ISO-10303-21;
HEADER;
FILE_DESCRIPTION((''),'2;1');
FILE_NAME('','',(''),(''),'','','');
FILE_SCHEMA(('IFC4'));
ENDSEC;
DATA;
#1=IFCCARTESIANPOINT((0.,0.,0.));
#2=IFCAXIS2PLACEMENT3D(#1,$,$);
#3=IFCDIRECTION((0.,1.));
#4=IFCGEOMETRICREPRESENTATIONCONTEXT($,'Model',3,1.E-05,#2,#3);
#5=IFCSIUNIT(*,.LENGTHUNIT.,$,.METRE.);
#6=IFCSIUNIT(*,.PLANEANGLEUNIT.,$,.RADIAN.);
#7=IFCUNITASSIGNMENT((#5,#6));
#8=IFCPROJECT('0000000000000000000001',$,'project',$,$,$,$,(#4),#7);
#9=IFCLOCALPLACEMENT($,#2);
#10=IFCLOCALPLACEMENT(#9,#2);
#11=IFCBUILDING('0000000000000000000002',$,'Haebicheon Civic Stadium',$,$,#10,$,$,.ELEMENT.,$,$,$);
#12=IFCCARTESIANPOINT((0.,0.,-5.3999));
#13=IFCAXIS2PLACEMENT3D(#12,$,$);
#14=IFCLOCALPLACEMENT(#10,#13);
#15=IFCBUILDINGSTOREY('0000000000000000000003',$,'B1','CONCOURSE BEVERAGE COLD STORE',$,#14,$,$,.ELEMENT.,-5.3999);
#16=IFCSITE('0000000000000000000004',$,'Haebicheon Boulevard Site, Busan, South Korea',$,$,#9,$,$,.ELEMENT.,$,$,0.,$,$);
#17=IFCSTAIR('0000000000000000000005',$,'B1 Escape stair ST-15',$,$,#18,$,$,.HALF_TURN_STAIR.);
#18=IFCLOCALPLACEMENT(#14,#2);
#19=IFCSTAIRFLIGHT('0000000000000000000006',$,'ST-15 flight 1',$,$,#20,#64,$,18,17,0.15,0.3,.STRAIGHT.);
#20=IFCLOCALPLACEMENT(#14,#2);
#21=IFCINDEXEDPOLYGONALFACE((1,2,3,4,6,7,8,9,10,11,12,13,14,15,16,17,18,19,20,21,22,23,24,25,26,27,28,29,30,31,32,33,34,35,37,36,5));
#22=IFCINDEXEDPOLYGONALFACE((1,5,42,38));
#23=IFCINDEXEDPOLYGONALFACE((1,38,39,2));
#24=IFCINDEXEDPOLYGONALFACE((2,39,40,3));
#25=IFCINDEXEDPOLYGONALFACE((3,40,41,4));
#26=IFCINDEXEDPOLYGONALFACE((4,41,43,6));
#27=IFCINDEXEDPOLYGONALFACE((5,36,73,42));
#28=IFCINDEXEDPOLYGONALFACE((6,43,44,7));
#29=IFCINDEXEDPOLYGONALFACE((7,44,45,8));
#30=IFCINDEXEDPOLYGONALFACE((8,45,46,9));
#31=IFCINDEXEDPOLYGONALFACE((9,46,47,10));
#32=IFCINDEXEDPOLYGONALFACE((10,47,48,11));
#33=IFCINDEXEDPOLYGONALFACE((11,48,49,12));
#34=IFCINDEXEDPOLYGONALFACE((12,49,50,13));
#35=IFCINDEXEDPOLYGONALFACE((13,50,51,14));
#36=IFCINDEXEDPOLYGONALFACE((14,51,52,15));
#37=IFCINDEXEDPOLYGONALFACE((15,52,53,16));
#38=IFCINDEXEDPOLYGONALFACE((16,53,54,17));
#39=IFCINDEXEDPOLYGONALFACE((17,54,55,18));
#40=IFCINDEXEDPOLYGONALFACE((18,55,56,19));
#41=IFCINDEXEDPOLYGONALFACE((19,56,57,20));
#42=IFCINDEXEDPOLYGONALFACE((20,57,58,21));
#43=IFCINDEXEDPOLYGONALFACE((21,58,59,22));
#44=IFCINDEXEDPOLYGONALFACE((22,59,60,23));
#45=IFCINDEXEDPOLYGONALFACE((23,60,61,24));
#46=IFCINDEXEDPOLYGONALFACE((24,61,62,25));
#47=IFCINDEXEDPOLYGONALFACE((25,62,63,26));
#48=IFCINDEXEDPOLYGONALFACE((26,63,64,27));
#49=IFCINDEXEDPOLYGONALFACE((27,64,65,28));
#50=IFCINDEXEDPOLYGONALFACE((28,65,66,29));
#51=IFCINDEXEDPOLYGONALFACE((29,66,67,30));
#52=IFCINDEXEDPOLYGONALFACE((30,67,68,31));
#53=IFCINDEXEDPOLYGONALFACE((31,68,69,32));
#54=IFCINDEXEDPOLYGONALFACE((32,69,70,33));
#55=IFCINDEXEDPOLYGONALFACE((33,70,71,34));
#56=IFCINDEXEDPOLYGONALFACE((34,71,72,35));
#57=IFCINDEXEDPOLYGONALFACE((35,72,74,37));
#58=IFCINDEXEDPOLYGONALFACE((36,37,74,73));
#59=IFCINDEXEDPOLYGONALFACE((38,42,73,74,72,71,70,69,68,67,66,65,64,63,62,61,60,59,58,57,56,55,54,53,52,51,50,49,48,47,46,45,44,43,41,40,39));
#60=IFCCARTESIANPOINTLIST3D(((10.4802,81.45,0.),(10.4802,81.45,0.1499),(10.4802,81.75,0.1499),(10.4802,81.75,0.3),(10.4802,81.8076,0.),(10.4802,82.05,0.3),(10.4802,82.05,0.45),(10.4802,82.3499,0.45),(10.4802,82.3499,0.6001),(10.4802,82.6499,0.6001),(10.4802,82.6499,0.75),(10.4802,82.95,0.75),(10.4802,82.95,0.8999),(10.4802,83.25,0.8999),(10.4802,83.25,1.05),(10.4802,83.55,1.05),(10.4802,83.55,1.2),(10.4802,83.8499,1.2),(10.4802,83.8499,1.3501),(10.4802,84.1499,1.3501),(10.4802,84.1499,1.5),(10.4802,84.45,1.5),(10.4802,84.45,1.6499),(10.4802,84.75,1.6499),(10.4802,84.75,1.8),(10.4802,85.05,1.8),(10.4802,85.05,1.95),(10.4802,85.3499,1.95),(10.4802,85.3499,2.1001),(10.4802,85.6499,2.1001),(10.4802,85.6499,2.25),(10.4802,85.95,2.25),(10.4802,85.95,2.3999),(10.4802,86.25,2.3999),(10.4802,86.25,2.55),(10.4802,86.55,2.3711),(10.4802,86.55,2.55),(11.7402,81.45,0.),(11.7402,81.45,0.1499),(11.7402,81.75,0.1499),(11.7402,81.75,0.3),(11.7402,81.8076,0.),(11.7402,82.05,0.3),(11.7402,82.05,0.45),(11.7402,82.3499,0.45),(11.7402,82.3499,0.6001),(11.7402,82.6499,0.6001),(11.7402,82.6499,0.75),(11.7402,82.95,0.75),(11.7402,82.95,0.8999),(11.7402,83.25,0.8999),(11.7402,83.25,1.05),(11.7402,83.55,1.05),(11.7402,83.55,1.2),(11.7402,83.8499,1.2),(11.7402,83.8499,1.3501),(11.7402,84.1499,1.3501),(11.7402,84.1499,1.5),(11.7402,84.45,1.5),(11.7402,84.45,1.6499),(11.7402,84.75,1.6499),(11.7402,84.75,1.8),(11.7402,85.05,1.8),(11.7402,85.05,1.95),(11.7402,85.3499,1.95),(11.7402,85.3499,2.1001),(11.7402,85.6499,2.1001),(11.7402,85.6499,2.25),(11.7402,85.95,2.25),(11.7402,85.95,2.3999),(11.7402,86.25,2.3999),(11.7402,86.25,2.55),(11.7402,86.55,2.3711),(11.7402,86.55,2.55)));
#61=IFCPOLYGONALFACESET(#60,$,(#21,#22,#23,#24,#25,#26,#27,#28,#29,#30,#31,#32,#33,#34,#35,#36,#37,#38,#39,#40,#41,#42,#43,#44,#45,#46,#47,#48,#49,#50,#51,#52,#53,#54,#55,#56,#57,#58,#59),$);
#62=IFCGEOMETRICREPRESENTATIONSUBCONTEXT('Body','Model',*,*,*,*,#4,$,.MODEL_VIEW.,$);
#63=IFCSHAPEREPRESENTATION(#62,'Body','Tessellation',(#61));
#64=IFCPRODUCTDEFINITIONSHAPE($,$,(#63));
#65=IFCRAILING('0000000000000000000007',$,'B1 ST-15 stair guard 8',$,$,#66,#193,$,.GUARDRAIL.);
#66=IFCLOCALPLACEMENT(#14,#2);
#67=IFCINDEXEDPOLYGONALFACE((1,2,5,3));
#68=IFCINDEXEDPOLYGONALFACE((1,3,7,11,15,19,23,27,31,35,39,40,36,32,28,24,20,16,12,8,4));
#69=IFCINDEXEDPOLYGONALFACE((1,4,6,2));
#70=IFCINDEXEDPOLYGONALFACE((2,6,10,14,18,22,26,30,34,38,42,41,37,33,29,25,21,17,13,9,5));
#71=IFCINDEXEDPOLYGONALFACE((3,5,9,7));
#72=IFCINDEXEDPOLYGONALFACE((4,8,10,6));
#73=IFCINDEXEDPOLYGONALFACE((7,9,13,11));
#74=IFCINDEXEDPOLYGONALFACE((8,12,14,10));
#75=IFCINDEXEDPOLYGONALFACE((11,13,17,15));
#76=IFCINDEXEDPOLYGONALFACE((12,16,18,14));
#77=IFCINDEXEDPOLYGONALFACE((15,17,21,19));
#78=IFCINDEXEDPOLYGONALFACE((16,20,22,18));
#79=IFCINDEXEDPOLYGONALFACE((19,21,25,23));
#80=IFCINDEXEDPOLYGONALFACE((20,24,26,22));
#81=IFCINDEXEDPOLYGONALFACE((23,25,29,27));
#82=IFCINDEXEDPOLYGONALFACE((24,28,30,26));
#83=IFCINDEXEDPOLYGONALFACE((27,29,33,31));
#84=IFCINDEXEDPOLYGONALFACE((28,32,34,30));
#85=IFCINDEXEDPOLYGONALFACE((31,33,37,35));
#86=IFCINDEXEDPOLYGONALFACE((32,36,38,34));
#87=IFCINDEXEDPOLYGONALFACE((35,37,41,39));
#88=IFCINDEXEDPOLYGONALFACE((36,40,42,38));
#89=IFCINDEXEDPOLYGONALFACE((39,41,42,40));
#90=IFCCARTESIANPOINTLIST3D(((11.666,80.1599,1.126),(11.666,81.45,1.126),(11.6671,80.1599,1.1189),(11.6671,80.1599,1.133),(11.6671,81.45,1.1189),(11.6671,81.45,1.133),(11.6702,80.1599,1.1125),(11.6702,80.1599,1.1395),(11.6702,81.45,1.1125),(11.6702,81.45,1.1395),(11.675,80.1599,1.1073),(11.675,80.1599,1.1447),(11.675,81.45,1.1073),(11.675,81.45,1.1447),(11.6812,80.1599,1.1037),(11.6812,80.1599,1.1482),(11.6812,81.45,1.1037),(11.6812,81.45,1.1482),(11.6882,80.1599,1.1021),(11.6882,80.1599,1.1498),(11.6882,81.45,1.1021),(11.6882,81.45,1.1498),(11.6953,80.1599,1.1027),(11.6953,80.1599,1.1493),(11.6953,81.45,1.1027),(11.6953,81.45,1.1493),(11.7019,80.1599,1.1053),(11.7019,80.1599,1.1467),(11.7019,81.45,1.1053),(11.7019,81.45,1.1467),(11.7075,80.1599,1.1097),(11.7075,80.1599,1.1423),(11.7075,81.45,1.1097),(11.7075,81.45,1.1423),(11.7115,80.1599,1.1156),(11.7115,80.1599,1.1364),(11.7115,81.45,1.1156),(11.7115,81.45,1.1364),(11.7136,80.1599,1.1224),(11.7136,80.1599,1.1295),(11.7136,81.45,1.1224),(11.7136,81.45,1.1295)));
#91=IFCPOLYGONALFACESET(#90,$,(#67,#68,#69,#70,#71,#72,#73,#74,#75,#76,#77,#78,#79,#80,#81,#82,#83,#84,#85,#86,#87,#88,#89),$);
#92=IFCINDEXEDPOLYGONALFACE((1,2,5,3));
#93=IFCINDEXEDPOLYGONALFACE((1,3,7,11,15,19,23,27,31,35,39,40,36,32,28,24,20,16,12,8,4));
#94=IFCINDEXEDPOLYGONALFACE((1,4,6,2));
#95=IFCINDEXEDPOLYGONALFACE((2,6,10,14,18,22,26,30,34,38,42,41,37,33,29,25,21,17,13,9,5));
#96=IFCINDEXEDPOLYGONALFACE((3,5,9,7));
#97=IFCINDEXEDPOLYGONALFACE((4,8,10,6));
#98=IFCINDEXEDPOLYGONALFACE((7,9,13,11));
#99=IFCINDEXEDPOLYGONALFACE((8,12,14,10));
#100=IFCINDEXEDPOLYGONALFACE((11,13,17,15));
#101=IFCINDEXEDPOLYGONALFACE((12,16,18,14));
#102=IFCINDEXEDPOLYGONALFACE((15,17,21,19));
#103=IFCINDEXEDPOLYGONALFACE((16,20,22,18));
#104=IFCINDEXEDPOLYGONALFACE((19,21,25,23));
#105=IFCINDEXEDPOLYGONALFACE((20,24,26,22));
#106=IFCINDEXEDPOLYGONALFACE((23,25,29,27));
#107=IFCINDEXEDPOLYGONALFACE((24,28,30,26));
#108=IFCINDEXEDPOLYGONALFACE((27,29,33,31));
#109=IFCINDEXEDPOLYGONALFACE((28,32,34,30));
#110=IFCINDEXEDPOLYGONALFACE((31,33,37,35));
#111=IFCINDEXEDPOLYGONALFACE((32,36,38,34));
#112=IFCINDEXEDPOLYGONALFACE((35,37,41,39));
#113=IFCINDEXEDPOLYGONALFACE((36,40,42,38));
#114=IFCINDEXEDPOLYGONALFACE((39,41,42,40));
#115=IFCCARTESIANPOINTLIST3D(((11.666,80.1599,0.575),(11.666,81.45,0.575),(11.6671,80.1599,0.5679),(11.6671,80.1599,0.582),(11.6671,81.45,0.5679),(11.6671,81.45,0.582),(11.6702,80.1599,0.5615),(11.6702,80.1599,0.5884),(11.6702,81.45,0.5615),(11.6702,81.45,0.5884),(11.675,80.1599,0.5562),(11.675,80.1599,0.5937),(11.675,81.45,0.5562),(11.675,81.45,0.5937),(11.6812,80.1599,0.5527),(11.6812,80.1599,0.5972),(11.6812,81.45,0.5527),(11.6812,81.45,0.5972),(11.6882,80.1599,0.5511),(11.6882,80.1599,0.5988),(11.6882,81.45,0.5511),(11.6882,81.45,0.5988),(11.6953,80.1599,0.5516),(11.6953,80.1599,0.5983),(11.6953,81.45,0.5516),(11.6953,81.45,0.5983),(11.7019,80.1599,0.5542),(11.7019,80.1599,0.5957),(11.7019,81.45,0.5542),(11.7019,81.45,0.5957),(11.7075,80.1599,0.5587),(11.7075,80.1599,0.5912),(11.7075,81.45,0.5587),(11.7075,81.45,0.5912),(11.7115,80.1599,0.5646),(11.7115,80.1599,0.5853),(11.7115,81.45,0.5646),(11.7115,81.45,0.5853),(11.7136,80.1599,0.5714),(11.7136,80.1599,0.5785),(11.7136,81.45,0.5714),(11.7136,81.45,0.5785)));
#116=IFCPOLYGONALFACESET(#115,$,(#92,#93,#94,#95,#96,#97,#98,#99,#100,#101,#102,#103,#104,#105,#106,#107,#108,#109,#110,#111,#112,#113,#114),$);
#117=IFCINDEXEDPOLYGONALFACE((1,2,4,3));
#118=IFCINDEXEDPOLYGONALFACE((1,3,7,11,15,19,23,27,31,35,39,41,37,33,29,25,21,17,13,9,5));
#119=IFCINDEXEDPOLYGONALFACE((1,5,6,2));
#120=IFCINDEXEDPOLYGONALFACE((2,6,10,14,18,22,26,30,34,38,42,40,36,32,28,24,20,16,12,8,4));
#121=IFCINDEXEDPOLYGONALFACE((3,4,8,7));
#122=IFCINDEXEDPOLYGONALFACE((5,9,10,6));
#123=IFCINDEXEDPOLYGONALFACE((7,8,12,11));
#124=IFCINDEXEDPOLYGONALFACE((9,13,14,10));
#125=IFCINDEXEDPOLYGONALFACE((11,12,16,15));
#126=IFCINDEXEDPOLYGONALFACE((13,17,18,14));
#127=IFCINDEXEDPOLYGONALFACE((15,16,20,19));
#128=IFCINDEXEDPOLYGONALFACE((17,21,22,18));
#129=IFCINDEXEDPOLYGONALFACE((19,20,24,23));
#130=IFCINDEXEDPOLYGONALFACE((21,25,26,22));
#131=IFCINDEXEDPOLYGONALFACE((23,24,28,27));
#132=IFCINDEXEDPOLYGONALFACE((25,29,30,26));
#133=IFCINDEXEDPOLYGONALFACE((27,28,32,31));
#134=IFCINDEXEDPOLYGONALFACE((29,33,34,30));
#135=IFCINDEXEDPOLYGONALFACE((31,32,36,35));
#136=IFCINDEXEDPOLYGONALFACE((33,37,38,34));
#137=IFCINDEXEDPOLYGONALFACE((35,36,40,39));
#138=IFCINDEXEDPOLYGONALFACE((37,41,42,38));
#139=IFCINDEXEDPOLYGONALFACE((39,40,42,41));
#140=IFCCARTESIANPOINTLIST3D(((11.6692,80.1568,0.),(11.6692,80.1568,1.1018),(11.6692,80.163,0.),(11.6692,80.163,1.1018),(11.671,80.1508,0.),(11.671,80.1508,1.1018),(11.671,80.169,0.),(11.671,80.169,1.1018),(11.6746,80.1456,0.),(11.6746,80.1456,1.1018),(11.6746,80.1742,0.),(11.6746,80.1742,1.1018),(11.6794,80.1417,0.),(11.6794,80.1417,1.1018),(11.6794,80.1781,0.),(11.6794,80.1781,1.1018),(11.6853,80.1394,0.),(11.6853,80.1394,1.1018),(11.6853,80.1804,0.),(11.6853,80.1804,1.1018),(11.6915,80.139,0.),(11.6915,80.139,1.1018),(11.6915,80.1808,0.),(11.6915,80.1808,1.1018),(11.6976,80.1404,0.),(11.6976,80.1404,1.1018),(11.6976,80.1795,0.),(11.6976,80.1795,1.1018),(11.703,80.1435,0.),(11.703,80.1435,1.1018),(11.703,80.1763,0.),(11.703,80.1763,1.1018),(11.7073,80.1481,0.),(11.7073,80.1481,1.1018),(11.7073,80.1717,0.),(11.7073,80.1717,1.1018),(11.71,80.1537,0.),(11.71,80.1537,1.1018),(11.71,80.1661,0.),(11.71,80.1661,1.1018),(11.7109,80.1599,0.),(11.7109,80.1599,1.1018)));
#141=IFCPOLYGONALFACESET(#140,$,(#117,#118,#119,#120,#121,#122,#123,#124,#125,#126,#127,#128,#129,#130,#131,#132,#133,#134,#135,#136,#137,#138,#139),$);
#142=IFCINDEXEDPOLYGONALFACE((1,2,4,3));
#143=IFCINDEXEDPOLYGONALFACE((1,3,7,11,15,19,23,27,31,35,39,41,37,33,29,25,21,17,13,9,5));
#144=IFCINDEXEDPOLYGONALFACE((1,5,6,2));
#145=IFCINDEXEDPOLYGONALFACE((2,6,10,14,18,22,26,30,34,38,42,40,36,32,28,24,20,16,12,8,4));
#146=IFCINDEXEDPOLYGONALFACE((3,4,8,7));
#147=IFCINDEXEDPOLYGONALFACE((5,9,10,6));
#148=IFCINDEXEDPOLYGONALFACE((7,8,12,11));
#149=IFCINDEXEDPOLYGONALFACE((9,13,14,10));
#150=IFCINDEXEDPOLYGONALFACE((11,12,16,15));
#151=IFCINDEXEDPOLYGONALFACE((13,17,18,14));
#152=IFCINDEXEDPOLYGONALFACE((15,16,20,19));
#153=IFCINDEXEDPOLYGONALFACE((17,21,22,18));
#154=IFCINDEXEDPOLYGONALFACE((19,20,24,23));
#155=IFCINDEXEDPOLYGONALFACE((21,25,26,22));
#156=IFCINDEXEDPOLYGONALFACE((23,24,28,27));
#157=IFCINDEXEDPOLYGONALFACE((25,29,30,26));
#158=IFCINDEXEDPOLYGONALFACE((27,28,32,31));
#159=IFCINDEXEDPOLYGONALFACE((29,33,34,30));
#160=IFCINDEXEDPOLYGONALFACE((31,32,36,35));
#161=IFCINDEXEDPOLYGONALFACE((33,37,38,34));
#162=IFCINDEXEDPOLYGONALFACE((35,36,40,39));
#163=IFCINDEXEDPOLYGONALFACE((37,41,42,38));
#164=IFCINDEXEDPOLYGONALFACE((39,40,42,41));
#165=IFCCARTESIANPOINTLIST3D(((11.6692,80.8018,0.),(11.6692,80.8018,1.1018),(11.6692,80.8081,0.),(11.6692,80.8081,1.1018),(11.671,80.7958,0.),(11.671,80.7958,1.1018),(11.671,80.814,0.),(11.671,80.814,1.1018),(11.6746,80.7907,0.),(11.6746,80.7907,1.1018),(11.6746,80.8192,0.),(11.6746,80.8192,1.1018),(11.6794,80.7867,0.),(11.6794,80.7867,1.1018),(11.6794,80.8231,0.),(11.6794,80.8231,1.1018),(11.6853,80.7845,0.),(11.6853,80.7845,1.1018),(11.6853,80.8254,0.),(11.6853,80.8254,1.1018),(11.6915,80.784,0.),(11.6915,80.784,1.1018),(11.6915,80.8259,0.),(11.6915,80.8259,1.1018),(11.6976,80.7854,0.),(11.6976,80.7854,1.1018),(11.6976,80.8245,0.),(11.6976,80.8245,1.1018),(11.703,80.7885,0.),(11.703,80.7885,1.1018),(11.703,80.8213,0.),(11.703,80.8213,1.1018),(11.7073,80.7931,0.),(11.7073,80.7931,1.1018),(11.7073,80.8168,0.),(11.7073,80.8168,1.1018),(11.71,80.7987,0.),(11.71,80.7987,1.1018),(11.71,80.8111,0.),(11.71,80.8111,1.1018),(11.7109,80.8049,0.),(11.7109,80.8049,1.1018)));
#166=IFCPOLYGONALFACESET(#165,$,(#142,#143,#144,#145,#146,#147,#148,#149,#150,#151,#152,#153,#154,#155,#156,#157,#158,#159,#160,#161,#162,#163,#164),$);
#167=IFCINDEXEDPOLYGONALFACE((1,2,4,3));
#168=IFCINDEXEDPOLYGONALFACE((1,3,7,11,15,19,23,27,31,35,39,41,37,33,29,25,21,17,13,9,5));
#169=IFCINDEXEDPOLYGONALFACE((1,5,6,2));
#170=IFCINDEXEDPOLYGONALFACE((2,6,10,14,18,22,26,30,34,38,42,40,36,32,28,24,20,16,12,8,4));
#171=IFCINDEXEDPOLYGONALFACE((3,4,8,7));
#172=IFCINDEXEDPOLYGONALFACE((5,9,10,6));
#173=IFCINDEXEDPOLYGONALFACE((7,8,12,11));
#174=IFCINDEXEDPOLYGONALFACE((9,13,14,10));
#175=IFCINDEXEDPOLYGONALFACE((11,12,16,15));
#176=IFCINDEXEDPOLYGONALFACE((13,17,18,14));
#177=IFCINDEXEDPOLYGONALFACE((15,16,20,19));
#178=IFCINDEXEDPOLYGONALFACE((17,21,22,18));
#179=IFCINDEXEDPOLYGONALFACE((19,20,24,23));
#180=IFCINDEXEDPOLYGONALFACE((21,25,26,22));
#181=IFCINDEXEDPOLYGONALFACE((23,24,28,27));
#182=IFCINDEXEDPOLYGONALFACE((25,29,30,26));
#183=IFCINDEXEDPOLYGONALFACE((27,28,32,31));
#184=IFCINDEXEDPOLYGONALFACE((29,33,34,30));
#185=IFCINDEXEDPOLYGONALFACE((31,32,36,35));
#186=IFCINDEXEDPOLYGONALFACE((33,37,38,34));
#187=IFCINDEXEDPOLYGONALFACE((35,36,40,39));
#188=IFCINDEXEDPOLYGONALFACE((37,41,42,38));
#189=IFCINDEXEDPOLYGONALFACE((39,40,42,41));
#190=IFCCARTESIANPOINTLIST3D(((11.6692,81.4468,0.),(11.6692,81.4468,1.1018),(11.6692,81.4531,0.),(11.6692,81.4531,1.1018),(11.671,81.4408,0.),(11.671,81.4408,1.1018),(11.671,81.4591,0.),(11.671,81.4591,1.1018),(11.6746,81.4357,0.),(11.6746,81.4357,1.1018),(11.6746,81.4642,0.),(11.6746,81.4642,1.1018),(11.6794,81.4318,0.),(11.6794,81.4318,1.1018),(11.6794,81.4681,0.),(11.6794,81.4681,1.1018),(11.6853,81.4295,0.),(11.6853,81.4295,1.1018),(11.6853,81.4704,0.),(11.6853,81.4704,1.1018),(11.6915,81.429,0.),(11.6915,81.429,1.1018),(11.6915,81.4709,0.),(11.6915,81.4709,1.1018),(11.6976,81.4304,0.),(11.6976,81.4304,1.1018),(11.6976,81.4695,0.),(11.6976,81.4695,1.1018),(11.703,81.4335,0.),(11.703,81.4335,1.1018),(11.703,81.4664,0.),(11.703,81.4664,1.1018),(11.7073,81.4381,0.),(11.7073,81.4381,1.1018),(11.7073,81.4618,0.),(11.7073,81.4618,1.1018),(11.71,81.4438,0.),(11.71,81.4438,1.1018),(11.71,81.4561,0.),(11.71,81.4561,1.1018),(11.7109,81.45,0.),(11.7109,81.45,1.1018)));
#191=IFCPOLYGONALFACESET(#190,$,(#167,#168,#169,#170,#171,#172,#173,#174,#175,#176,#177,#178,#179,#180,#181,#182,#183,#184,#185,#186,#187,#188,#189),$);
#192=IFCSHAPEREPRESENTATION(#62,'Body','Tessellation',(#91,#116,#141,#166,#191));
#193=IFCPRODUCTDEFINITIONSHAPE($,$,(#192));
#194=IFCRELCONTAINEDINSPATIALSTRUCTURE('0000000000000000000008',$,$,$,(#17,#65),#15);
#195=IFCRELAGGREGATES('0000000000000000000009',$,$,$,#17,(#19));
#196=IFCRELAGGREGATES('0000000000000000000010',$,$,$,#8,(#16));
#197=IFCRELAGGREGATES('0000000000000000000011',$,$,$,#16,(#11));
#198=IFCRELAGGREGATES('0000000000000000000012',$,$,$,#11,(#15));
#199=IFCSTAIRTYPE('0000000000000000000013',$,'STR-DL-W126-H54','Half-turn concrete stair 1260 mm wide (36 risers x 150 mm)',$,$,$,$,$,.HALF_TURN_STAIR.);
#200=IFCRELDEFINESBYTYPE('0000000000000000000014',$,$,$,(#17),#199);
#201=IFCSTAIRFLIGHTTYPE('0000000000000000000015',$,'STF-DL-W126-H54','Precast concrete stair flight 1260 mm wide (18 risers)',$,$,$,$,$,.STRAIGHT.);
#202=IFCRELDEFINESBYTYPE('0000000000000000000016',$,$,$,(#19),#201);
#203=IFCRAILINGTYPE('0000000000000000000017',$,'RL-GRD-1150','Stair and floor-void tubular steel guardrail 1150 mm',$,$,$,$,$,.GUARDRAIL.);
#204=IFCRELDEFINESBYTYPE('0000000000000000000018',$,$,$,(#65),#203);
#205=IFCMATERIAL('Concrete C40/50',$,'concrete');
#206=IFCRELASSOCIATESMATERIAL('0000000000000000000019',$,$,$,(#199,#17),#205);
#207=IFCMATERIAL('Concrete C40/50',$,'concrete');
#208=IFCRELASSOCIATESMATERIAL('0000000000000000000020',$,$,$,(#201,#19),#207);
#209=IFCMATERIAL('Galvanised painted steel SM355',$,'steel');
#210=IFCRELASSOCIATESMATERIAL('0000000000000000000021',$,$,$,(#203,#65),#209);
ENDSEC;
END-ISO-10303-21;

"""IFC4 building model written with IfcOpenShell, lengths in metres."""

from ifc_helpers import new_model, si_unit, direction, frame, origin, origin_2d, place, context, subcontext, project, spatial, polyline, circle, outline, extrude, material, type_object, element, aggregate, save


model = new_model("IFC4")

# Units and contexts
model_context = context("Model", 3, precision=1e-05, world=origin(), true_north=direction((0.0, 1.0)))
body_context = subcontext(model_context, "Body", "Model", "MODEL_VIEW")
ifc_project = project(units=[si_unit("LENGTHUNIT", "METRE"), si_unit("PLANEANGLEUNIT", "RADIAN")], contexts=[model_context])

# Site, building, storey
site_placement = place(None, origin())
site = spatial("IfcSite", under=ifc_project, at=site_placement, Name="Haebicheon Boulevard Site, Busan, South Korea", CompositionType="ELEMENT", RefElevation=0.0)
building_placement = place(site_placement, origin())
building = spatial("IfcBuilding", under=site, at=building_placement, Name="Haebicheon Civic Stadium", CompositionType="ELEMENT")
storey_placement = place(building_placement, frame((0.0, 0.0, -5.3999)))
storey = spatial("IfcBuildingStorey", under=building, at=storey_placement, Name="B1", Description="CONCOURSE BEVERAGE COLD STORE", CompositionType="ELEMENT", Elevation=-5.3999)

# Stair, stair flight
ifc_material_1 = material(Name="Concrete C40/50", Category="concrete")
stair_type = type_object("IfcStairType", Name="STR-DL-W126-H54", Description="Half-turn concrete stair 1260 mm wide (36 risers x 150 mm)", PredefinedType="HALF_TURN_STAIR", material=ifc_material_1)
stair_placement = place(storey_placement, origin())
stair = element("IfcStair", 1, at=stair_placement, inside=storey, type_object=stair_type, material=ifc_material_1, Name="B1 Escape stair ST-15", PredefinedType="HALF_TURN_STAIR")
ifc_material_2 = material(Name="Concrete C40/50", Category="concrete")
stair_flight_type = type_object("IfcStairFlightType", Name="STF-DL-W126-H54", Description="Precast concrete stair flight 1260 mm wide (18 risers)", PredefinedType="STRAIGHT", material=ifc_material_2)
stair_flight_placement = place(storey_placement, frame((11.1101, 81.45, 0.0), z_axis=(0.0, 0.0, 1.0), x_axis=(0.0, 1.0, 0.0)))
stair_flight = element("IfcStairFlight", 2, at=stair_flight_placement, type_object=stair_flight_type, material=ifc_material_2, Name="ST-15 flight 1", NumberOfRisers=18, NumberOfTreads=17, PredefinedType="STRAIGHT", RiserHeight=0.15, TreadLength=0.3, context=body_context, shape_type="SweptSolid", body=[
    extrude(outline(polyline([(0.0, 0.0), (0.0, 0.1499), (0.3, 0.1499), (0.3, 0.3), (0.6001, 0.3), (0.6001, 0.45), (0.8999, 0.45), (0.8999, 0.6001), (1.2, 0.6001), (1.2, 0.75), (1.5, 0.75), (1.5, 0.8999), (1.8, 0.8999), (1.8, 1.05), (2.1001, 1.05), (2.1001, 1.2), (2.3999, 1.2), (2.3999, 1.3501), (2.7, 1.3501), (2.7, 1.5), (3.0, 1.5), (3.0, 1.6499), (3.3, 1.6499), (3.3, 1.8), (3.6001, 1.8), (3.6001, 1.95), (3.8999, 1.95), (3.8999, 2.1001), (4.2, 2.1001), (4.2, 2.25), (4.5, 2.25), (4.5, 2.3999), (4.8, 2.3999), (4.8, 2.55), (5.1001, 2.55), (5.1001, 2.7), (5.1001, 2.3711), (0.3577, 0.0), (0.0, 0.0)])), frame((0.0, 0.6299, 0.0), z_axis=(0.0, -1.0, 0.0), x_axis=(1.0, 0.0, 0.0)), (0.0, 0.0, 1.0), 1.26),
])
aggregate(stair, [stair_flight])

# Railing
ifc_material_3 = material(Name="Galvanised painted steel SM355", Category="steel")
railing_type_1 = type_object("IfcRailingType", Name="RL-GRD-1150", Description="Stair and floor-void tubular steel guardrail 1150 mm", PredefinedType="GUARDRAIL", material=ifc_material_3)
railing_1_placement = place(storey_placement, frame((11.6899, 80.1599, 0.0)))
element("IfcRailing", 3, at=railing_1_placement, inside=storey, type_object=railing_type_1, material=ifc_material_3, Name="B1 ST-15 stair guard 8", PredefinedType="GUARDRAIL", context=body_context, shape_type="SweptSolid", body=[
    extrude(circle(Radius=0.0239, at=origin_2d()), frame((0.0, 0.0, 1.126), z_axis=(0.0, 1.0, 0.0), x_axis=(-1.0, 0.0, 0.0)), (0.0, 0.0, 1.0), 1.29),
    extrude(circle(Radius=0.0239, at=origin_2d()), frame((0.0, 0.0, 0.575), z_axis=(0.0, 1.0, 0.0), x_axis=(-1.0, 0.0, 0.0)), (0.0, 0.0, 1.0), 1.29),
    extrude(circle(Radius=0.021, at=origin_2d()), origin(), (0.0, 0.0, 1.0), 1.1018),
    extrude(circle(Radius=0.021, at=origin_2d()), frame((0.0, 0.645, 0.0)), (0.0, 0.0, 1.0), 1.1018),
    extrude(circle(Radius=0.021, at=origin_2d()), frame((0.0, 1.29, 0.0)), (0.0, 0.0, 1.0), 1.1018),
])

save(model, "model.ifc")
